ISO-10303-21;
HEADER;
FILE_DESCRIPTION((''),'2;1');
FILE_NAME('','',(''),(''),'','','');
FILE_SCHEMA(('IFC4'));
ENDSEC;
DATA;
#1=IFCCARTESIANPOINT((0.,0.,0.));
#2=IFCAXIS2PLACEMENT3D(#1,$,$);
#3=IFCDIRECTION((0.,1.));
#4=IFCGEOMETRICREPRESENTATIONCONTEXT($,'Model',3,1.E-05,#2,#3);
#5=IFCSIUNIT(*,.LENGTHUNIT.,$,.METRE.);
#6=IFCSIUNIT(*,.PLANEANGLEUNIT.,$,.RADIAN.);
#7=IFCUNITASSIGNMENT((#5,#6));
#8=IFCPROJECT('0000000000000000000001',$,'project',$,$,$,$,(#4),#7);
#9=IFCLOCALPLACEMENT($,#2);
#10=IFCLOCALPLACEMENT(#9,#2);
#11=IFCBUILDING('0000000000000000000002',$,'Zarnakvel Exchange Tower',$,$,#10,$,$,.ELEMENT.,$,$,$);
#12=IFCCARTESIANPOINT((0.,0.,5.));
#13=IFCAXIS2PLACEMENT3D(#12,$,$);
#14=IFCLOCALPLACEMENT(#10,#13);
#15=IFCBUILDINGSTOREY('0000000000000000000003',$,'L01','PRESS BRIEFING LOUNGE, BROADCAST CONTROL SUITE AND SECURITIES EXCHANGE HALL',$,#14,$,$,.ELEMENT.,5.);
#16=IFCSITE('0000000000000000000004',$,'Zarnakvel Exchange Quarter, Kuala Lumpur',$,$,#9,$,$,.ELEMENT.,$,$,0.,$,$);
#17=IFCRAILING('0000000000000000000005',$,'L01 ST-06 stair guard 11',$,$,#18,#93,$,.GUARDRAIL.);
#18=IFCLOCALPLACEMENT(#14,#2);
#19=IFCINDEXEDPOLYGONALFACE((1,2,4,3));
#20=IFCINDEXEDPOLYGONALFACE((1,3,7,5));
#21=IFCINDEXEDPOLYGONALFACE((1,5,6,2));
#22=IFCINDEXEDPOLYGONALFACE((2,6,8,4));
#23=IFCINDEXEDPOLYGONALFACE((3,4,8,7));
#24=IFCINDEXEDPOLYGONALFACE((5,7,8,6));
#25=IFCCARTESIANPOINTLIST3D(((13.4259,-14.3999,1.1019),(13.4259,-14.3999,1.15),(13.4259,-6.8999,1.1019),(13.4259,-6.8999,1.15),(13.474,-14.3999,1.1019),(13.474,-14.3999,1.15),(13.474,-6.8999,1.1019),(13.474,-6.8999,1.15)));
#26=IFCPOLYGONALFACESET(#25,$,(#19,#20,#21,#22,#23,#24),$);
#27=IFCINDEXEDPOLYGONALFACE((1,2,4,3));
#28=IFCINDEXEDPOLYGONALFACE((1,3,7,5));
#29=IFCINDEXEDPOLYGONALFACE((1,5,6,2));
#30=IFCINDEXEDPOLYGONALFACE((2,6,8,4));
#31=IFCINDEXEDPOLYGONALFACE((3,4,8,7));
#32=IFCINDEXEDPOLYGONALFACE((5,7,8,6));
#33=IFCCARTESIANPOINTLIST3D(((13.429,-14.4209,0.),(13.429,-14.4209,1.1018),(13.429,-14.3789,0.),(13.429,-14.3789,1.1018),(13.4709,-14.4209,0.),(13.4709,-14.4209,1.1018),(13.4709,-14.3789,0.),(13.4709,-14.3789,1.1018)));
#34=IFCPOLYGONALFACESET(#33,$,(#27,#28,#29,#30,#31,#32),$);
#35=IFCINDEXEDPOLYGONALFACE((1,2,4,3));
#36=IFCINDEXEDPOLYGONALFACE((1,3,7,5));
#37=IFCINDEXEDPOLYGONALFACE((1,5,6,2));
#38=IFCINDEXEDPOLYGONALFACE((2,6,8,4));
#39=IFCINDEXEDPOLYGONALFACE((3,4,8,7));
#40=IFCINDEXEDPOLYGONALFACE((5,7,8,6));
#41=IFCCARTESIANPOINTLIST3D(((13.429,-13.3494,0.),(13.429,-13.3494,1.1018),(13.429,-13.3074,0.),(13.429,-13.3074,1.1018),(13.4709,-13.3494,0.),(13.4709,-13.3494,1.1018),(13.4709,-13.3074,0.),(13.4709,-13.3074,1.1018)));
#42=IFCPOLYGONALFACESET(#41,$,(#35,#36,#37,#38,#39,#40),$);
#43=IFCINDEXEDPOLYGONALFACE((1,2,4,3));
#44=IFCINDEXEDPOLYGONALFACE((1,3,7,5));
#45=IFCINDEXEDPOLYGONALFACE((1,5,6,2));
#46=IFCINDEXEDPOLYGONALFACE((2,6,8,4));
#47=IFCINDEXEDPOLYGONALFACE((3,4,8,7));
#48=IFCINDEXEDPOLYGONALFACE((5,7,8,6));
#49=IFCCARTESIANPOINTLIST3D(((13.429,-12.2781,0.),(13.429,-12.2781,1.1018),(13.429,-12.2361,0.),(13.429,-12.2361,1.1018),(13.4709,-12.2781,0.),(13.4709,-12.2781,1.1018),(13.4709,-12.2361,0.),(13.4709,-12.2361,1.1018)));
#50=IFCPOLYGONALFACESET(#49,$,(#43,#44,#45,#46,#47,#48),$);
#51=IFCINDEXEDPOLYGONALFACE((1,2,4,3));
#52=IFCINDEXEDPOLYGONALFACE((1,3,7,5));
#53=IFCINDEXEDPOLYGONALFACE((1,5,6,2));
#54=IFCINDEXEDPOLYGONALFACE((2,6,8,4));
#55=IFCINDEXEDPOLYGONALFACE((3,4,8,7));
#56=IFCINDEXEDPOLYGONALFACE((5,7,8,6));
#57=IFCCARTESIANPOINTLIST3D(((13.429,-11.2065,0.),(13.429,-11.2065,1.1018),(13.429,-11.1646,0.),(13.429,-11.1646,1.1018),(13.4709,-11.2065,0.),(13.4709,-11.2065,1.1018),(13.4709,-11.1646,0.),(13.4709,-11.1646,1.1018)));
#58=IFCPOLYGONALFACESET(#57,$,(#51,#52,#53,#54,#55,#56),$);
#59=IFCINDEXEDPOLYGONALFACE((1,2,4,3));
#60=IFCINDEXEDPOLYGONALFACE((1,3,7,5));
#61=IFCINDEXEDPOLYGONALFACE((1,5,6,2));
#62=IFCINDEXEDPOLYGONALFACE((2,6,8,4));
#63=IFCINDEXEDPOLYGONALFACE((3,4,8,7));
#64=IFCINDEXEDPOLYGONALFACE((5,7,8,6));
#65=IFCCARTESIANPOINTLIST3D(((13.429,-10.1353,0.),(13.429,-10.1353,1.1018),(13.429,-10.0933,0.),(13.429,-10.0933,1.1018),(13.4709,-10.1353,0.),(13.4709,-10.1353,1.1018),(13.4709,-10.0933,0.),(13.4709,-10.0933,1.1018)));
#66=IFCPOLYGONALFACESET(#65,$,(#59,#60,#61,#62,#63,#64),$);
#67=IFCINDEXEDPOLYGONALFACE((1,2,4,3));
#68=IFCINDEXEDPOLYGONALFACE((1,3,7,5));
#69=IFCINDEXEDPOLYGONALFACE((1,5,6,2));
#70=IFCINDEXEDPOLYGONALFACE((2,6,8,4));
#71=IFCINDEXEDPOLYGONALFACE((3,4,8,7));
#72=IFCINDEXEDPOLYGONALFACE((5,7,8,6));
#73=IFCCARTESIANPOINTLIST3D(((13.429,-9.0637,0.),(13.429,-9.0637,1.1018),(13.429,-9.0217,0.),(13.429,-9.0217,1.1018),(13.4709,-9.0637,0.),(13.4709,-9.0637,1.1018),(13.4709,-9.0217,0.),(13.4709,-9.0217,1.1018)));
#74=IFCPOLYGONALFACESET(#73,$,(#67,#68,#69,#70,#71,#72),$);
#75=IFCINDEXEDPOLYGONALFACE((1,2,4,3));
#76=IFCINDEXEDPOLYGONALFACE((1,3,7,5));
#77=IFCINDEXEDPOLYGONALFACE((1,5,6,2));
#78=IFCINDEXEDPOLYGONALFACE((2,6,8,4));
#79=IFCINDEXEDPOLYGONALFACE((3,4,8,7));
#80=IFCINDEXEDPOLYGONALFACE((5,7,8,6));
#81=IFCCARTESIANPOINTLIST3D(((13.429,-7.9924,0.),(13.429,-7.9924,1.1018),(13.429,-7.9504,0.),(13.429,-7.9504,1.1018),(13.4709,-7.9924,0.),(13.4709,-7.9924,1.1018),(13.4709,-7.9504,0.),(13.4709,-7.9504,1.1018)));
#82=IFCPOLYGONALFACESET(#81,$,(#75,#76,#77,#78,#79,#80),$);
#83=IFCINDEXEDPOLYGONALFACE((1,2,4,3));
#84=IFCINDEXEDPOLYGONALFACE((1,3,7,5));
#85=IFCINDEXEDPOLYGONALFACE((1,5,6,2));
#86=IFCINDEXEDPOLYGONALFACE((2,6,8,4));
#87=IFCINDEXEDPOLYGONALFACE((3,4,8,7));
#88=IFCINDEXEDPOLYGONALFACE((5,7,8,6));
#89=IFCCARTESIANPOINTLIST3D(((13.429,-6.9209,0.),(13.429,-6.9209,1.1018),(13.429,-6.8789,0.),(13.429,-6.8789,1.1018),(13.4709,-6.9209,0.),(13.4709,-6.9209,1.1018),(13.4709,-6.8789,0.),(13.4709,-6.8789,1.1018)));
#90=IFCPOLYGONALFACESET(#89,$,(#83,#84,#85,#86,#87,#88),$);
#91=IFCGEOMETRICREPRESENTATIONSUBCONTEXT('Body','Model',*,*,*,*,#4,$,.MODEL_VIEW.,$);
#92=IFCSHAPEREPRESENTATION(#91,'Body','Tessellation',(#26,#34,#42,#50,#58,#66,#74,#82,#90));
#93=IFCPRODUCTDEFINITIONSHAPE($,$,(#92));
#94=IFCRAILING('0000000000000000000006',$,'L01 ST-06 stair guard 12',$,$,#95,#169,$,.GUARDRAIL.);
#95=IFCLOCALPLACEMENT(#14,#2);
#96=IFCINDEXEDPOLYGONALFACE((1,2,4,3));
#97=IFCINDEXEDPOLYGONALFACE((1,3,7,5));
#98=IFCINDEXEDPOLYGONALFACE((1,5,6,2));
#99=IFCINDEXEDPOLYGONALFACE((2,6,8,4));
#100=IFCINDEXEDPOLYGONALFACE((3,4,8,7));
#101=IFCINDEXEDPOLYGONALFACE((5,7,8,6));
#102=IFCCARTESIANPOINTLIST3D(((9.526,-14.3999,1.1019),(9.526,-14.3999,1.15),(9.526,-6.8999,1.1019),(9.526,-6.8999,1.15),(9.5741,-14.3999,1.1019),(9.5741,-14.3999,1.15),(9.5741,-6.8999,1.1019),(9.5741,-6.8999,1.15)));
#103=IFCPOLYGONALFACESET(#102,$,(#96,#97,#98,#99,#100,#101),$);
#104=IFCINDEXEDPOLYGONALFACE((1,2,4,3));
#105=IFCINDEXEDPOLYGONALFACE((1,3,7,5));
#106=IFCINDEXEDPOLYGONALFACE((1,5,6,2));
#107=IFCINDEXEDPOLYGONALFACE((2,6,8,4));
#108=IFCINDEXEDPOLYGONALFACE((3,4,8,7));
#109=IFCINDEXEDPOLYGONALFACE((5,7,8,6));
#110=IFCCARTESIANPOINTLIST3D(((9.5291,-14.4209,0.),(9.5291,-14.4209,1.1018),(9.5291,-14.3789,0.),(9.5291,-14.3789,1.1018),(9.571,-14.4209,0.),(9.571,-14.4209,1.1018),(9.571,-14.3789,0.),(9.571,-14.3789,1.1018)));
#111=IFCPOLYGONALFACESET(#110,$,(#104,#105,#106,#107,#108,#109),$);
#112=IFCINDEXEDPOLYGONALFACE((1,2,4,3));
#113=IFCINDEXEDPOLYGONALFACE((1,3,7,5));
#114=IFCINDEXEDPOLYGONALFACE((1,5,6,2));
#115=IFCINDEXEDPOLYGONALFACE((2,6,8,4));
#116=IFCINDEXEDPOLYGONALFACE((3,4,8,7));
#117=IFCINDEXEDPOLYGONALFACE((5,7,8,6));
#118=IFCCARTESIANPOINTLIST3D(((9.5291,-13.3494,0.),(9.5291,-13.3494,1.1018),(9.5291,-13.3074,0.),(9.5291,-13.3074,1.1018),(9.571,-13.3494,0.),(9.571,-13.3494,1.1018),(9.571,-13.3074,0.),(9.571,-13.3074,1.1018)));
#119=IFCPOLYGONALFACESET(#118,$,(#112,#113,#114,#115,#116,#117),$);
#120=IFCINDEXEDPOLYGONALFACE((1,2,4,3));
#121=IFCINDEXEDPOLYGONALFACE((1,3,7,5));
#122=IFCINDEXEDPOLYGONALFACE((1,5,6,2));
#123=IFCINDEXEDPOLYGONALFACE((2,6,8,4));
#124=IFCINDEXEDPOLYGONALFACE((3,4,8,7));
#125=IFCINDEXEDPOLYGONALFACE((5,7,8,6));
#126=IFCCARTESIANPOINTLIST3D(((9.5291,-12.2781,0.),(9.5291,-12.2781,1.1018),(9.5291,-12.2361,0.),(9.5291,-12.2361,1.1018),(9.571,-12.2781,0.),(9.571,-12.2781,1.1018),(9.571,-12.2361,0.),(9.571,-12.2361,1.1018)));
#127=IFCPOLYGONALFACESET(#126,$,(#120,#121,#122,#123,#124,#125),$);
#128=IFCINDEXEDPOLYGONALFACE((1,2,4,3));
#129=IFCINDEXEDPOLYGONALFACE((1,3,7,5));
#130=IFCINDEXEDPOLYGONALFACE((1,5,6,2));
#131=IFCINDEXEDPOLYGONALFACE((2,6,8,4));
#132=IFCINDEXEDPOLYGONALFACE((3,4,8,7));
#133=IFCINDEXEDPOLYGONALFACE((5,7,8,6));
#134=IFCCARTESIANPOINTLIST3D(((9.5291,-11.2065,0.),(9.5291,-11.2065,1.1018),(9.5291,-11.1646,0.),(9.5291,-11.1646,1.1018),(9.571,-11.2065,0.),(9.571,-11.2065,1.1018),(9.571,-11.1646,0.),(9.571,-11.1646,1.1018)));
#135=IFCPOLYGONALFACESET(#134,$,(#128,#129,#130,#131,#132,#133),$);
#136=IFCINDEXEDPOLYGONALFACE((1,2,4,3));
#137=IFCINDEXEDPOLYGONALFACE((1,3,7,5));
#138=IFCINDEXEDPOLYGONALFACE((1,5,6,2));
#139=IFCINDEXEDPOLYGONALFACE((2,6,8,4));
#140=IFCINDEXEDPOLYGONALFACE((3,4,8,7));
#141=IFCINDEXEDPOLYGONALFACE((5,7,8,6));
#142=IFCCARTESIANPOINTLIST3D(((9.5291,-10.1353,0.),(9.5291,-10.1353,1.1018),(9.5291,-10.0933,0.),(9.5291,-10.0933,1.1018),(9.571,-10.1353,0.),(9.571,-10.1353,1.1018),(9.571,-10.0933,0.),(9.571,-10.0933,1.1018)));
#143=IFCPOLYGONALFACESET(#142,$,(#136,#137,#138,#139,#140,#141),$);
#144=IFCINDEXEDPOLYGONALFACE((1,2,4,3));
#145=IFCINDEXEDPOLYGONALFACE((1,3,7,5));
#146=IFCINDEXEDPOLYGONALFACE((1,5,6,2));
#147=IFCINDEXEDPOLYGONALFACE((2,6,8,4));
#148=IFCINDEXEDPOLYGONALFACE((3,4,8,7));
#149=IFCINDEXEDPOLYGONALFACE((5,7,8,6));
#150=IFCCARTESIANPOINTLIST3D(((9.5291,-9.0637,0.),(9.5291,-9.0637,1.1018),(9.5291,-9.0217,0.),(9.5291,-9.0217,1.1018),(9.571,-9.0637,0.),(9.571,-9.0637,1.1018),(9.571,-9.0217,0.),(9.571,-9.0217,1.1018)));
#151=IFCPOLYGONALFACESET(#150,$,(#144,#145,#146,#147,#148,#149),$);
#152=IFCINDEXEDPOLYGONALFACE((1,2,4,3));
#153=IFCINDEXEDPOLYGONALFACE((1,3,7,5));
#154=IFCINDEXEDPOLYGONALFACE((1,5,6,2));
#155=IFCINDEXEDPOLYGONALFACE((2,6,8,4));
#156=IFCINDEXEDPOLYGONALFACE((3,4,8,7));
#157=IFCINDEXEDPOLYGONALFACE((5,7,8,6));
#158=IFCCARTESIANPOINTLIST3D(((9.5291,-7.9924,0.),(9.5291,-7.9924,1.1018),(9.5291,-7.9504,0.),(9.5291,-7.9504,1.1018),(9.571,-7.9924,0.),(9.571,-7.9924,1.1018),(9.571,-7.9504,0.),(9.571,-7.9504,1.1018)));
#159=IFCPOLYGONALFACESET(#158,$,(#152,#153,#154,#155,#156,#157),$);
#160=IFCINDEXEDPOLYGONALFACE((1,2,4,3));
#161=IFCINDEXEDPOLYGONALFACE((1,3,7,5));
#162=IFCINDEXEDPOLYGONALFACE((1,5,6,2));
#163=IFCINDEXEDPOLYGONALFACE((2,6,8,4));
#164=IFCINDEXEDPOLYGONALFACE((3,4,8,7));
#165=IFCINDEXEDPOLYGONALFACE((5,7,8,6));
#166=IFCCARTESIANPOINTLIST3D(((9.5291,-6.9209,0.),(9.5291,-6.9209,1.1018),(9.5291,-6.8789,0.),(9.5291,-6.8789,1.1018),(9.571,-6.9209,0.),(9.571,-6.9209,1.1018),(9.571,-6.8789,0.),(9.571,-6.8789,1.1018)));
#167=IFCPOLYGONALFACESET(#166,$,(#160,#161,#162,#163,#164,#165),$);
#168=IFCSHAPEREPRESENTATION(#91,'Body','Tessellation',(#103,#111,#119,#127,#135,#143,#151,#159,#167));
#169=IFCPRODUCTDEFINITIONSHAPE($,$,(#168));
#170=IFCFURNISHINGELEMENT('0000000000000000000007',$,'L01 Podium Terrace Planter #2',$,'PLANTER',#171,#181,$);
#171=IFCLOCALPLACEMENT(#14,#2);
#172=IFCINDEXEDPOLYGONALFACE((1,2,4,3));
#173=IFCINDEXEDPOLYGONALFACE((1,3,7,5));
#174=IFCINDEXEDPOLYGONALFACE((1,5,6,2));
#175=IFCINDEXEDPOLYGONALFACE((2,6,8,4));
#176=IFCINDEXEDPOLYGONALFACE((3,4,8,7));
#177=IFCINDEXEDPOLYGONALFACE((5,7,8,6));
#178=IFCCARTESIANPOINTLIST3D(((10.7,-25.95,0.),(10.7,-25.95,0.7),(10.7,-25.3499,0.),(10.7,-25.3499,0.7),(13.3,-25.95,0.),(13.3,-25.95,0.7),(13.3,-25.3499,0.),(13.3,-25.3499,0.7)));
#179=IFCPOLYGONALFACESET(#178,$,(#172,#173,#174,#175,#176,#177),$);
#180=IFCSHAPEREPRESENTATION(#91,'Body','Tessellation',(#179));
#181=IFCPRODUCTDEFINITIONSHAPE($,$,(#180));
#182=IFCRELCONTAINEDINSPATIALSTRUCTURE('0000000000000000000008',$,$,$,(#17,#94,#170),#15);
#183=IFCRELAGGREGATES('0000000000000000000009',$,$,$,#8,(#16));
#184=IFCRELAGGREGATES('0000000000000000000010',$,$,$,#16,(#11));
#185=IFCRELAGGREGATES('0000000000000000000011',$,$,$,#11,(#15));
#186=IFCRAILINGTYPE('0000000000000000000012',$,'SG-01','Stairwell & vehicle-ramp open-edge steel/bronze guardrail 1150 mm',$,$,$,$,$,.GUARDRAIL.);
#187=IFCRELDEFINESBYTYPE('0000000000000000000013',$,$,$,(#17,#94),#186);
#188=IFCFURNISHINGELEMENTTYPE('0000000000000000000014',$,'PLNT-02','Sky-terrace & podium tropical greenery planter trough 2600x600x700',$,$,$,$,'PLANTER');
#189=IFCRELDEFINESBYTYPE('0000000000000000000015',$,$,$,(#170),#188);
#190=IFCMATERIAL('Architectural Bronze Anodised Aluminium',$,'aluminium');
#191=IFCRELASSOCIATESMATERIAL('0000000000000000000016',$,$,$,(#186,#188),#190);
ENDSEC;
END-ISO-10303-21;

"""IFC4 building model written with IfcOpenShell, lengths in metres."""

from ifc_helpers import new_model, si_unit, direction, frame, origin, origin_2d, place, context, subcontext, project, spatial, rectangle, extrude, source, transform, mapped, material, type_object, element, save


model = new_model("IFC4")

# Units and contexts
model_context = context("Model", 3, precision=1e-05, world=origin(), true_north=direction((0.0, 1.0)))
body_context = subcontext(model_context, "Body", "Model", "MODEL_VIEW")
ifc_project = project(units=[si_unit("LENGTHUNIT", "METRE"), si_unit("PLANEANGLEUNIT", "RADIAN")], contexts=[model_context])

# Site, building, storey
site_placement = place(None, origin())
site = spatial("IfcSite", under=ifc_project, at=site_placement, Name="Zarnakvel Exchange Quarter, Kuala Lumpur", CompositionType="ELEMENT", RefElevation=0.0)
building_placement = place(site_placement, origin())
building = spatial("IfcBuilding", under=site, at=building_placement, Name="Zarnakvel Exchange Tower", CompositionType="ELEMENT")
storey_placement = place(building_placement, frame((0.0, 0.0, 5.0)))
storey = spatial("IfcBuildingStorey", under=building, at=storey_placement, Name="L01", Description="PRESS BRIEFING LOUNGE, BROADCAST CONTROL SUITE AND SECURITIES EXCHANGE HALL", CompositionType="ELEMENT", Elevation=5.0)

# Shared definitions
ifc_material_1 = material(Name="Architectural Bronze Anodised Aluminium", Category="aluminium")

# Railings
railing_type = type_object("IfcRailingType", Name="SG-01", Description="Stairwell & vehicle-ramp open-edge steel/bronze guardrail 1150 mm", PredefinedType="GUARDRAIL", material=ifc_material_1)
for number, where, name in (
    (1, (13.45, -14.3999, 0.0), "L01 ST-06 stair guard 11"),
    (2, (9.55, -14.3999, 0.0), "L01 ST-06 stair guard 12"),
):
    element("IfcRailing", number, at=place(storey_placement, frame(where)), inside=storey, type_object=railing_type, Name=name, PredefinedType="GUARDRAIL", context=body_context, shape_type="SweptSolid", body=[
        extrude(rectangle(XDim=0.0481, YDim=0.0481, at=origin_2d()), frame((0.0, 0.0, 1.126), z_axis=(0.0, 1.0, 0.0), x_axis=(-1.0, 0.0, 0.0)), (0.0, 0.0, 1.0), 7.5),
        extrude(rectangle(XDim=0.042, YDim=0.042, at=origin_2d()), origin(), (0.0, 0.0, 1.0), 1.1018),
        extrude(rectangle(XDim=0.042, YDim=0.042, at=origin_2d()), frame((0.0, 1.0715, 0.0)), (0.0, 0.0, 1.0), 1.1018),
        extrude(rectangle(XDim=0.042, YDim=0.042, at=origin_2d()), frame((0.0, 2.1428, 0.0)), (0.0, 0.0, 1.0), 1.1018),
        extrude(rectangle(XDim=0.042, YDim=0.042, at=origin_2d()), frame((0.0, 3.2144, 0.0)), (0.0, 0.0, 1.0), 1.1018),
        extrude(rectangle(XDim=0.042, YDim=0.042, at=origin_2d()), frame((0.0, 4.2856, 0.0)), (0.0, 0.0, 1.0), 1.1018),
        extrude(rectangle(XDim=0.042, YDim=0.042, at=origin_2d()), frame((0.0, 5.3572, 0.0)), (0.0, 0.0, 1.0), 1.1018),
        extrude(rectangle(XDim=0.042, YDim=0.042, at=origin_2d()), frame((0.0, 6.4285, 0.0)), (0.0, 0.0, 1.0), 1.1018),
        extrude(rectangle(XDim=0.042, YDim=0.042, at=origin_2d()), frame((0.0, 7.5, 0.0)), (0.0, 0.0, 1.0), 1.1018),
    ])

# Furnishing element
furnishing_element_type = type_object("IfcFurnishingElementType", Name="PLNT-02", Description="Sky-terrace & podium tropical greenery planter trough 2600x600x700", ElementType="PLANTER", material=ifc_material_1)
shared_shape_1 = source(origin(), body_context, "Body", "SweptSolid", [
    extrude(rectangle(XDim=2.6001, YDim=0.6001, at=origin_2d()), origin(), (0.0, 0.0, 1.0), 0.7),
])
furnishing_placement = place(storey_placement, frame((12.0, -25.6499, 0.0), z_axis=(0.0, 0.0, 1.0), x_axis=(1.0, 0.0, 0.0)))
element("IfcFurnishingElement", 3, at=furnishing_placement, inside=storey, type_object=furnishing_element_type, Name="L01 Podium Terrace Planter #2", ObjectType="PLANTER", context=body_context, shape_type="MappedRepresentation", body=[
    mapped(shared_shape_1, transform((0.0, 0.0, 0.0), x_axis=(1.0, 0.0, 0.0), y_axis=(0.0, 1.0, 0.0), z_axis=(0.0, 0.0, 1.0), scale=1.0)),
])

save(model, "model.ifc")
